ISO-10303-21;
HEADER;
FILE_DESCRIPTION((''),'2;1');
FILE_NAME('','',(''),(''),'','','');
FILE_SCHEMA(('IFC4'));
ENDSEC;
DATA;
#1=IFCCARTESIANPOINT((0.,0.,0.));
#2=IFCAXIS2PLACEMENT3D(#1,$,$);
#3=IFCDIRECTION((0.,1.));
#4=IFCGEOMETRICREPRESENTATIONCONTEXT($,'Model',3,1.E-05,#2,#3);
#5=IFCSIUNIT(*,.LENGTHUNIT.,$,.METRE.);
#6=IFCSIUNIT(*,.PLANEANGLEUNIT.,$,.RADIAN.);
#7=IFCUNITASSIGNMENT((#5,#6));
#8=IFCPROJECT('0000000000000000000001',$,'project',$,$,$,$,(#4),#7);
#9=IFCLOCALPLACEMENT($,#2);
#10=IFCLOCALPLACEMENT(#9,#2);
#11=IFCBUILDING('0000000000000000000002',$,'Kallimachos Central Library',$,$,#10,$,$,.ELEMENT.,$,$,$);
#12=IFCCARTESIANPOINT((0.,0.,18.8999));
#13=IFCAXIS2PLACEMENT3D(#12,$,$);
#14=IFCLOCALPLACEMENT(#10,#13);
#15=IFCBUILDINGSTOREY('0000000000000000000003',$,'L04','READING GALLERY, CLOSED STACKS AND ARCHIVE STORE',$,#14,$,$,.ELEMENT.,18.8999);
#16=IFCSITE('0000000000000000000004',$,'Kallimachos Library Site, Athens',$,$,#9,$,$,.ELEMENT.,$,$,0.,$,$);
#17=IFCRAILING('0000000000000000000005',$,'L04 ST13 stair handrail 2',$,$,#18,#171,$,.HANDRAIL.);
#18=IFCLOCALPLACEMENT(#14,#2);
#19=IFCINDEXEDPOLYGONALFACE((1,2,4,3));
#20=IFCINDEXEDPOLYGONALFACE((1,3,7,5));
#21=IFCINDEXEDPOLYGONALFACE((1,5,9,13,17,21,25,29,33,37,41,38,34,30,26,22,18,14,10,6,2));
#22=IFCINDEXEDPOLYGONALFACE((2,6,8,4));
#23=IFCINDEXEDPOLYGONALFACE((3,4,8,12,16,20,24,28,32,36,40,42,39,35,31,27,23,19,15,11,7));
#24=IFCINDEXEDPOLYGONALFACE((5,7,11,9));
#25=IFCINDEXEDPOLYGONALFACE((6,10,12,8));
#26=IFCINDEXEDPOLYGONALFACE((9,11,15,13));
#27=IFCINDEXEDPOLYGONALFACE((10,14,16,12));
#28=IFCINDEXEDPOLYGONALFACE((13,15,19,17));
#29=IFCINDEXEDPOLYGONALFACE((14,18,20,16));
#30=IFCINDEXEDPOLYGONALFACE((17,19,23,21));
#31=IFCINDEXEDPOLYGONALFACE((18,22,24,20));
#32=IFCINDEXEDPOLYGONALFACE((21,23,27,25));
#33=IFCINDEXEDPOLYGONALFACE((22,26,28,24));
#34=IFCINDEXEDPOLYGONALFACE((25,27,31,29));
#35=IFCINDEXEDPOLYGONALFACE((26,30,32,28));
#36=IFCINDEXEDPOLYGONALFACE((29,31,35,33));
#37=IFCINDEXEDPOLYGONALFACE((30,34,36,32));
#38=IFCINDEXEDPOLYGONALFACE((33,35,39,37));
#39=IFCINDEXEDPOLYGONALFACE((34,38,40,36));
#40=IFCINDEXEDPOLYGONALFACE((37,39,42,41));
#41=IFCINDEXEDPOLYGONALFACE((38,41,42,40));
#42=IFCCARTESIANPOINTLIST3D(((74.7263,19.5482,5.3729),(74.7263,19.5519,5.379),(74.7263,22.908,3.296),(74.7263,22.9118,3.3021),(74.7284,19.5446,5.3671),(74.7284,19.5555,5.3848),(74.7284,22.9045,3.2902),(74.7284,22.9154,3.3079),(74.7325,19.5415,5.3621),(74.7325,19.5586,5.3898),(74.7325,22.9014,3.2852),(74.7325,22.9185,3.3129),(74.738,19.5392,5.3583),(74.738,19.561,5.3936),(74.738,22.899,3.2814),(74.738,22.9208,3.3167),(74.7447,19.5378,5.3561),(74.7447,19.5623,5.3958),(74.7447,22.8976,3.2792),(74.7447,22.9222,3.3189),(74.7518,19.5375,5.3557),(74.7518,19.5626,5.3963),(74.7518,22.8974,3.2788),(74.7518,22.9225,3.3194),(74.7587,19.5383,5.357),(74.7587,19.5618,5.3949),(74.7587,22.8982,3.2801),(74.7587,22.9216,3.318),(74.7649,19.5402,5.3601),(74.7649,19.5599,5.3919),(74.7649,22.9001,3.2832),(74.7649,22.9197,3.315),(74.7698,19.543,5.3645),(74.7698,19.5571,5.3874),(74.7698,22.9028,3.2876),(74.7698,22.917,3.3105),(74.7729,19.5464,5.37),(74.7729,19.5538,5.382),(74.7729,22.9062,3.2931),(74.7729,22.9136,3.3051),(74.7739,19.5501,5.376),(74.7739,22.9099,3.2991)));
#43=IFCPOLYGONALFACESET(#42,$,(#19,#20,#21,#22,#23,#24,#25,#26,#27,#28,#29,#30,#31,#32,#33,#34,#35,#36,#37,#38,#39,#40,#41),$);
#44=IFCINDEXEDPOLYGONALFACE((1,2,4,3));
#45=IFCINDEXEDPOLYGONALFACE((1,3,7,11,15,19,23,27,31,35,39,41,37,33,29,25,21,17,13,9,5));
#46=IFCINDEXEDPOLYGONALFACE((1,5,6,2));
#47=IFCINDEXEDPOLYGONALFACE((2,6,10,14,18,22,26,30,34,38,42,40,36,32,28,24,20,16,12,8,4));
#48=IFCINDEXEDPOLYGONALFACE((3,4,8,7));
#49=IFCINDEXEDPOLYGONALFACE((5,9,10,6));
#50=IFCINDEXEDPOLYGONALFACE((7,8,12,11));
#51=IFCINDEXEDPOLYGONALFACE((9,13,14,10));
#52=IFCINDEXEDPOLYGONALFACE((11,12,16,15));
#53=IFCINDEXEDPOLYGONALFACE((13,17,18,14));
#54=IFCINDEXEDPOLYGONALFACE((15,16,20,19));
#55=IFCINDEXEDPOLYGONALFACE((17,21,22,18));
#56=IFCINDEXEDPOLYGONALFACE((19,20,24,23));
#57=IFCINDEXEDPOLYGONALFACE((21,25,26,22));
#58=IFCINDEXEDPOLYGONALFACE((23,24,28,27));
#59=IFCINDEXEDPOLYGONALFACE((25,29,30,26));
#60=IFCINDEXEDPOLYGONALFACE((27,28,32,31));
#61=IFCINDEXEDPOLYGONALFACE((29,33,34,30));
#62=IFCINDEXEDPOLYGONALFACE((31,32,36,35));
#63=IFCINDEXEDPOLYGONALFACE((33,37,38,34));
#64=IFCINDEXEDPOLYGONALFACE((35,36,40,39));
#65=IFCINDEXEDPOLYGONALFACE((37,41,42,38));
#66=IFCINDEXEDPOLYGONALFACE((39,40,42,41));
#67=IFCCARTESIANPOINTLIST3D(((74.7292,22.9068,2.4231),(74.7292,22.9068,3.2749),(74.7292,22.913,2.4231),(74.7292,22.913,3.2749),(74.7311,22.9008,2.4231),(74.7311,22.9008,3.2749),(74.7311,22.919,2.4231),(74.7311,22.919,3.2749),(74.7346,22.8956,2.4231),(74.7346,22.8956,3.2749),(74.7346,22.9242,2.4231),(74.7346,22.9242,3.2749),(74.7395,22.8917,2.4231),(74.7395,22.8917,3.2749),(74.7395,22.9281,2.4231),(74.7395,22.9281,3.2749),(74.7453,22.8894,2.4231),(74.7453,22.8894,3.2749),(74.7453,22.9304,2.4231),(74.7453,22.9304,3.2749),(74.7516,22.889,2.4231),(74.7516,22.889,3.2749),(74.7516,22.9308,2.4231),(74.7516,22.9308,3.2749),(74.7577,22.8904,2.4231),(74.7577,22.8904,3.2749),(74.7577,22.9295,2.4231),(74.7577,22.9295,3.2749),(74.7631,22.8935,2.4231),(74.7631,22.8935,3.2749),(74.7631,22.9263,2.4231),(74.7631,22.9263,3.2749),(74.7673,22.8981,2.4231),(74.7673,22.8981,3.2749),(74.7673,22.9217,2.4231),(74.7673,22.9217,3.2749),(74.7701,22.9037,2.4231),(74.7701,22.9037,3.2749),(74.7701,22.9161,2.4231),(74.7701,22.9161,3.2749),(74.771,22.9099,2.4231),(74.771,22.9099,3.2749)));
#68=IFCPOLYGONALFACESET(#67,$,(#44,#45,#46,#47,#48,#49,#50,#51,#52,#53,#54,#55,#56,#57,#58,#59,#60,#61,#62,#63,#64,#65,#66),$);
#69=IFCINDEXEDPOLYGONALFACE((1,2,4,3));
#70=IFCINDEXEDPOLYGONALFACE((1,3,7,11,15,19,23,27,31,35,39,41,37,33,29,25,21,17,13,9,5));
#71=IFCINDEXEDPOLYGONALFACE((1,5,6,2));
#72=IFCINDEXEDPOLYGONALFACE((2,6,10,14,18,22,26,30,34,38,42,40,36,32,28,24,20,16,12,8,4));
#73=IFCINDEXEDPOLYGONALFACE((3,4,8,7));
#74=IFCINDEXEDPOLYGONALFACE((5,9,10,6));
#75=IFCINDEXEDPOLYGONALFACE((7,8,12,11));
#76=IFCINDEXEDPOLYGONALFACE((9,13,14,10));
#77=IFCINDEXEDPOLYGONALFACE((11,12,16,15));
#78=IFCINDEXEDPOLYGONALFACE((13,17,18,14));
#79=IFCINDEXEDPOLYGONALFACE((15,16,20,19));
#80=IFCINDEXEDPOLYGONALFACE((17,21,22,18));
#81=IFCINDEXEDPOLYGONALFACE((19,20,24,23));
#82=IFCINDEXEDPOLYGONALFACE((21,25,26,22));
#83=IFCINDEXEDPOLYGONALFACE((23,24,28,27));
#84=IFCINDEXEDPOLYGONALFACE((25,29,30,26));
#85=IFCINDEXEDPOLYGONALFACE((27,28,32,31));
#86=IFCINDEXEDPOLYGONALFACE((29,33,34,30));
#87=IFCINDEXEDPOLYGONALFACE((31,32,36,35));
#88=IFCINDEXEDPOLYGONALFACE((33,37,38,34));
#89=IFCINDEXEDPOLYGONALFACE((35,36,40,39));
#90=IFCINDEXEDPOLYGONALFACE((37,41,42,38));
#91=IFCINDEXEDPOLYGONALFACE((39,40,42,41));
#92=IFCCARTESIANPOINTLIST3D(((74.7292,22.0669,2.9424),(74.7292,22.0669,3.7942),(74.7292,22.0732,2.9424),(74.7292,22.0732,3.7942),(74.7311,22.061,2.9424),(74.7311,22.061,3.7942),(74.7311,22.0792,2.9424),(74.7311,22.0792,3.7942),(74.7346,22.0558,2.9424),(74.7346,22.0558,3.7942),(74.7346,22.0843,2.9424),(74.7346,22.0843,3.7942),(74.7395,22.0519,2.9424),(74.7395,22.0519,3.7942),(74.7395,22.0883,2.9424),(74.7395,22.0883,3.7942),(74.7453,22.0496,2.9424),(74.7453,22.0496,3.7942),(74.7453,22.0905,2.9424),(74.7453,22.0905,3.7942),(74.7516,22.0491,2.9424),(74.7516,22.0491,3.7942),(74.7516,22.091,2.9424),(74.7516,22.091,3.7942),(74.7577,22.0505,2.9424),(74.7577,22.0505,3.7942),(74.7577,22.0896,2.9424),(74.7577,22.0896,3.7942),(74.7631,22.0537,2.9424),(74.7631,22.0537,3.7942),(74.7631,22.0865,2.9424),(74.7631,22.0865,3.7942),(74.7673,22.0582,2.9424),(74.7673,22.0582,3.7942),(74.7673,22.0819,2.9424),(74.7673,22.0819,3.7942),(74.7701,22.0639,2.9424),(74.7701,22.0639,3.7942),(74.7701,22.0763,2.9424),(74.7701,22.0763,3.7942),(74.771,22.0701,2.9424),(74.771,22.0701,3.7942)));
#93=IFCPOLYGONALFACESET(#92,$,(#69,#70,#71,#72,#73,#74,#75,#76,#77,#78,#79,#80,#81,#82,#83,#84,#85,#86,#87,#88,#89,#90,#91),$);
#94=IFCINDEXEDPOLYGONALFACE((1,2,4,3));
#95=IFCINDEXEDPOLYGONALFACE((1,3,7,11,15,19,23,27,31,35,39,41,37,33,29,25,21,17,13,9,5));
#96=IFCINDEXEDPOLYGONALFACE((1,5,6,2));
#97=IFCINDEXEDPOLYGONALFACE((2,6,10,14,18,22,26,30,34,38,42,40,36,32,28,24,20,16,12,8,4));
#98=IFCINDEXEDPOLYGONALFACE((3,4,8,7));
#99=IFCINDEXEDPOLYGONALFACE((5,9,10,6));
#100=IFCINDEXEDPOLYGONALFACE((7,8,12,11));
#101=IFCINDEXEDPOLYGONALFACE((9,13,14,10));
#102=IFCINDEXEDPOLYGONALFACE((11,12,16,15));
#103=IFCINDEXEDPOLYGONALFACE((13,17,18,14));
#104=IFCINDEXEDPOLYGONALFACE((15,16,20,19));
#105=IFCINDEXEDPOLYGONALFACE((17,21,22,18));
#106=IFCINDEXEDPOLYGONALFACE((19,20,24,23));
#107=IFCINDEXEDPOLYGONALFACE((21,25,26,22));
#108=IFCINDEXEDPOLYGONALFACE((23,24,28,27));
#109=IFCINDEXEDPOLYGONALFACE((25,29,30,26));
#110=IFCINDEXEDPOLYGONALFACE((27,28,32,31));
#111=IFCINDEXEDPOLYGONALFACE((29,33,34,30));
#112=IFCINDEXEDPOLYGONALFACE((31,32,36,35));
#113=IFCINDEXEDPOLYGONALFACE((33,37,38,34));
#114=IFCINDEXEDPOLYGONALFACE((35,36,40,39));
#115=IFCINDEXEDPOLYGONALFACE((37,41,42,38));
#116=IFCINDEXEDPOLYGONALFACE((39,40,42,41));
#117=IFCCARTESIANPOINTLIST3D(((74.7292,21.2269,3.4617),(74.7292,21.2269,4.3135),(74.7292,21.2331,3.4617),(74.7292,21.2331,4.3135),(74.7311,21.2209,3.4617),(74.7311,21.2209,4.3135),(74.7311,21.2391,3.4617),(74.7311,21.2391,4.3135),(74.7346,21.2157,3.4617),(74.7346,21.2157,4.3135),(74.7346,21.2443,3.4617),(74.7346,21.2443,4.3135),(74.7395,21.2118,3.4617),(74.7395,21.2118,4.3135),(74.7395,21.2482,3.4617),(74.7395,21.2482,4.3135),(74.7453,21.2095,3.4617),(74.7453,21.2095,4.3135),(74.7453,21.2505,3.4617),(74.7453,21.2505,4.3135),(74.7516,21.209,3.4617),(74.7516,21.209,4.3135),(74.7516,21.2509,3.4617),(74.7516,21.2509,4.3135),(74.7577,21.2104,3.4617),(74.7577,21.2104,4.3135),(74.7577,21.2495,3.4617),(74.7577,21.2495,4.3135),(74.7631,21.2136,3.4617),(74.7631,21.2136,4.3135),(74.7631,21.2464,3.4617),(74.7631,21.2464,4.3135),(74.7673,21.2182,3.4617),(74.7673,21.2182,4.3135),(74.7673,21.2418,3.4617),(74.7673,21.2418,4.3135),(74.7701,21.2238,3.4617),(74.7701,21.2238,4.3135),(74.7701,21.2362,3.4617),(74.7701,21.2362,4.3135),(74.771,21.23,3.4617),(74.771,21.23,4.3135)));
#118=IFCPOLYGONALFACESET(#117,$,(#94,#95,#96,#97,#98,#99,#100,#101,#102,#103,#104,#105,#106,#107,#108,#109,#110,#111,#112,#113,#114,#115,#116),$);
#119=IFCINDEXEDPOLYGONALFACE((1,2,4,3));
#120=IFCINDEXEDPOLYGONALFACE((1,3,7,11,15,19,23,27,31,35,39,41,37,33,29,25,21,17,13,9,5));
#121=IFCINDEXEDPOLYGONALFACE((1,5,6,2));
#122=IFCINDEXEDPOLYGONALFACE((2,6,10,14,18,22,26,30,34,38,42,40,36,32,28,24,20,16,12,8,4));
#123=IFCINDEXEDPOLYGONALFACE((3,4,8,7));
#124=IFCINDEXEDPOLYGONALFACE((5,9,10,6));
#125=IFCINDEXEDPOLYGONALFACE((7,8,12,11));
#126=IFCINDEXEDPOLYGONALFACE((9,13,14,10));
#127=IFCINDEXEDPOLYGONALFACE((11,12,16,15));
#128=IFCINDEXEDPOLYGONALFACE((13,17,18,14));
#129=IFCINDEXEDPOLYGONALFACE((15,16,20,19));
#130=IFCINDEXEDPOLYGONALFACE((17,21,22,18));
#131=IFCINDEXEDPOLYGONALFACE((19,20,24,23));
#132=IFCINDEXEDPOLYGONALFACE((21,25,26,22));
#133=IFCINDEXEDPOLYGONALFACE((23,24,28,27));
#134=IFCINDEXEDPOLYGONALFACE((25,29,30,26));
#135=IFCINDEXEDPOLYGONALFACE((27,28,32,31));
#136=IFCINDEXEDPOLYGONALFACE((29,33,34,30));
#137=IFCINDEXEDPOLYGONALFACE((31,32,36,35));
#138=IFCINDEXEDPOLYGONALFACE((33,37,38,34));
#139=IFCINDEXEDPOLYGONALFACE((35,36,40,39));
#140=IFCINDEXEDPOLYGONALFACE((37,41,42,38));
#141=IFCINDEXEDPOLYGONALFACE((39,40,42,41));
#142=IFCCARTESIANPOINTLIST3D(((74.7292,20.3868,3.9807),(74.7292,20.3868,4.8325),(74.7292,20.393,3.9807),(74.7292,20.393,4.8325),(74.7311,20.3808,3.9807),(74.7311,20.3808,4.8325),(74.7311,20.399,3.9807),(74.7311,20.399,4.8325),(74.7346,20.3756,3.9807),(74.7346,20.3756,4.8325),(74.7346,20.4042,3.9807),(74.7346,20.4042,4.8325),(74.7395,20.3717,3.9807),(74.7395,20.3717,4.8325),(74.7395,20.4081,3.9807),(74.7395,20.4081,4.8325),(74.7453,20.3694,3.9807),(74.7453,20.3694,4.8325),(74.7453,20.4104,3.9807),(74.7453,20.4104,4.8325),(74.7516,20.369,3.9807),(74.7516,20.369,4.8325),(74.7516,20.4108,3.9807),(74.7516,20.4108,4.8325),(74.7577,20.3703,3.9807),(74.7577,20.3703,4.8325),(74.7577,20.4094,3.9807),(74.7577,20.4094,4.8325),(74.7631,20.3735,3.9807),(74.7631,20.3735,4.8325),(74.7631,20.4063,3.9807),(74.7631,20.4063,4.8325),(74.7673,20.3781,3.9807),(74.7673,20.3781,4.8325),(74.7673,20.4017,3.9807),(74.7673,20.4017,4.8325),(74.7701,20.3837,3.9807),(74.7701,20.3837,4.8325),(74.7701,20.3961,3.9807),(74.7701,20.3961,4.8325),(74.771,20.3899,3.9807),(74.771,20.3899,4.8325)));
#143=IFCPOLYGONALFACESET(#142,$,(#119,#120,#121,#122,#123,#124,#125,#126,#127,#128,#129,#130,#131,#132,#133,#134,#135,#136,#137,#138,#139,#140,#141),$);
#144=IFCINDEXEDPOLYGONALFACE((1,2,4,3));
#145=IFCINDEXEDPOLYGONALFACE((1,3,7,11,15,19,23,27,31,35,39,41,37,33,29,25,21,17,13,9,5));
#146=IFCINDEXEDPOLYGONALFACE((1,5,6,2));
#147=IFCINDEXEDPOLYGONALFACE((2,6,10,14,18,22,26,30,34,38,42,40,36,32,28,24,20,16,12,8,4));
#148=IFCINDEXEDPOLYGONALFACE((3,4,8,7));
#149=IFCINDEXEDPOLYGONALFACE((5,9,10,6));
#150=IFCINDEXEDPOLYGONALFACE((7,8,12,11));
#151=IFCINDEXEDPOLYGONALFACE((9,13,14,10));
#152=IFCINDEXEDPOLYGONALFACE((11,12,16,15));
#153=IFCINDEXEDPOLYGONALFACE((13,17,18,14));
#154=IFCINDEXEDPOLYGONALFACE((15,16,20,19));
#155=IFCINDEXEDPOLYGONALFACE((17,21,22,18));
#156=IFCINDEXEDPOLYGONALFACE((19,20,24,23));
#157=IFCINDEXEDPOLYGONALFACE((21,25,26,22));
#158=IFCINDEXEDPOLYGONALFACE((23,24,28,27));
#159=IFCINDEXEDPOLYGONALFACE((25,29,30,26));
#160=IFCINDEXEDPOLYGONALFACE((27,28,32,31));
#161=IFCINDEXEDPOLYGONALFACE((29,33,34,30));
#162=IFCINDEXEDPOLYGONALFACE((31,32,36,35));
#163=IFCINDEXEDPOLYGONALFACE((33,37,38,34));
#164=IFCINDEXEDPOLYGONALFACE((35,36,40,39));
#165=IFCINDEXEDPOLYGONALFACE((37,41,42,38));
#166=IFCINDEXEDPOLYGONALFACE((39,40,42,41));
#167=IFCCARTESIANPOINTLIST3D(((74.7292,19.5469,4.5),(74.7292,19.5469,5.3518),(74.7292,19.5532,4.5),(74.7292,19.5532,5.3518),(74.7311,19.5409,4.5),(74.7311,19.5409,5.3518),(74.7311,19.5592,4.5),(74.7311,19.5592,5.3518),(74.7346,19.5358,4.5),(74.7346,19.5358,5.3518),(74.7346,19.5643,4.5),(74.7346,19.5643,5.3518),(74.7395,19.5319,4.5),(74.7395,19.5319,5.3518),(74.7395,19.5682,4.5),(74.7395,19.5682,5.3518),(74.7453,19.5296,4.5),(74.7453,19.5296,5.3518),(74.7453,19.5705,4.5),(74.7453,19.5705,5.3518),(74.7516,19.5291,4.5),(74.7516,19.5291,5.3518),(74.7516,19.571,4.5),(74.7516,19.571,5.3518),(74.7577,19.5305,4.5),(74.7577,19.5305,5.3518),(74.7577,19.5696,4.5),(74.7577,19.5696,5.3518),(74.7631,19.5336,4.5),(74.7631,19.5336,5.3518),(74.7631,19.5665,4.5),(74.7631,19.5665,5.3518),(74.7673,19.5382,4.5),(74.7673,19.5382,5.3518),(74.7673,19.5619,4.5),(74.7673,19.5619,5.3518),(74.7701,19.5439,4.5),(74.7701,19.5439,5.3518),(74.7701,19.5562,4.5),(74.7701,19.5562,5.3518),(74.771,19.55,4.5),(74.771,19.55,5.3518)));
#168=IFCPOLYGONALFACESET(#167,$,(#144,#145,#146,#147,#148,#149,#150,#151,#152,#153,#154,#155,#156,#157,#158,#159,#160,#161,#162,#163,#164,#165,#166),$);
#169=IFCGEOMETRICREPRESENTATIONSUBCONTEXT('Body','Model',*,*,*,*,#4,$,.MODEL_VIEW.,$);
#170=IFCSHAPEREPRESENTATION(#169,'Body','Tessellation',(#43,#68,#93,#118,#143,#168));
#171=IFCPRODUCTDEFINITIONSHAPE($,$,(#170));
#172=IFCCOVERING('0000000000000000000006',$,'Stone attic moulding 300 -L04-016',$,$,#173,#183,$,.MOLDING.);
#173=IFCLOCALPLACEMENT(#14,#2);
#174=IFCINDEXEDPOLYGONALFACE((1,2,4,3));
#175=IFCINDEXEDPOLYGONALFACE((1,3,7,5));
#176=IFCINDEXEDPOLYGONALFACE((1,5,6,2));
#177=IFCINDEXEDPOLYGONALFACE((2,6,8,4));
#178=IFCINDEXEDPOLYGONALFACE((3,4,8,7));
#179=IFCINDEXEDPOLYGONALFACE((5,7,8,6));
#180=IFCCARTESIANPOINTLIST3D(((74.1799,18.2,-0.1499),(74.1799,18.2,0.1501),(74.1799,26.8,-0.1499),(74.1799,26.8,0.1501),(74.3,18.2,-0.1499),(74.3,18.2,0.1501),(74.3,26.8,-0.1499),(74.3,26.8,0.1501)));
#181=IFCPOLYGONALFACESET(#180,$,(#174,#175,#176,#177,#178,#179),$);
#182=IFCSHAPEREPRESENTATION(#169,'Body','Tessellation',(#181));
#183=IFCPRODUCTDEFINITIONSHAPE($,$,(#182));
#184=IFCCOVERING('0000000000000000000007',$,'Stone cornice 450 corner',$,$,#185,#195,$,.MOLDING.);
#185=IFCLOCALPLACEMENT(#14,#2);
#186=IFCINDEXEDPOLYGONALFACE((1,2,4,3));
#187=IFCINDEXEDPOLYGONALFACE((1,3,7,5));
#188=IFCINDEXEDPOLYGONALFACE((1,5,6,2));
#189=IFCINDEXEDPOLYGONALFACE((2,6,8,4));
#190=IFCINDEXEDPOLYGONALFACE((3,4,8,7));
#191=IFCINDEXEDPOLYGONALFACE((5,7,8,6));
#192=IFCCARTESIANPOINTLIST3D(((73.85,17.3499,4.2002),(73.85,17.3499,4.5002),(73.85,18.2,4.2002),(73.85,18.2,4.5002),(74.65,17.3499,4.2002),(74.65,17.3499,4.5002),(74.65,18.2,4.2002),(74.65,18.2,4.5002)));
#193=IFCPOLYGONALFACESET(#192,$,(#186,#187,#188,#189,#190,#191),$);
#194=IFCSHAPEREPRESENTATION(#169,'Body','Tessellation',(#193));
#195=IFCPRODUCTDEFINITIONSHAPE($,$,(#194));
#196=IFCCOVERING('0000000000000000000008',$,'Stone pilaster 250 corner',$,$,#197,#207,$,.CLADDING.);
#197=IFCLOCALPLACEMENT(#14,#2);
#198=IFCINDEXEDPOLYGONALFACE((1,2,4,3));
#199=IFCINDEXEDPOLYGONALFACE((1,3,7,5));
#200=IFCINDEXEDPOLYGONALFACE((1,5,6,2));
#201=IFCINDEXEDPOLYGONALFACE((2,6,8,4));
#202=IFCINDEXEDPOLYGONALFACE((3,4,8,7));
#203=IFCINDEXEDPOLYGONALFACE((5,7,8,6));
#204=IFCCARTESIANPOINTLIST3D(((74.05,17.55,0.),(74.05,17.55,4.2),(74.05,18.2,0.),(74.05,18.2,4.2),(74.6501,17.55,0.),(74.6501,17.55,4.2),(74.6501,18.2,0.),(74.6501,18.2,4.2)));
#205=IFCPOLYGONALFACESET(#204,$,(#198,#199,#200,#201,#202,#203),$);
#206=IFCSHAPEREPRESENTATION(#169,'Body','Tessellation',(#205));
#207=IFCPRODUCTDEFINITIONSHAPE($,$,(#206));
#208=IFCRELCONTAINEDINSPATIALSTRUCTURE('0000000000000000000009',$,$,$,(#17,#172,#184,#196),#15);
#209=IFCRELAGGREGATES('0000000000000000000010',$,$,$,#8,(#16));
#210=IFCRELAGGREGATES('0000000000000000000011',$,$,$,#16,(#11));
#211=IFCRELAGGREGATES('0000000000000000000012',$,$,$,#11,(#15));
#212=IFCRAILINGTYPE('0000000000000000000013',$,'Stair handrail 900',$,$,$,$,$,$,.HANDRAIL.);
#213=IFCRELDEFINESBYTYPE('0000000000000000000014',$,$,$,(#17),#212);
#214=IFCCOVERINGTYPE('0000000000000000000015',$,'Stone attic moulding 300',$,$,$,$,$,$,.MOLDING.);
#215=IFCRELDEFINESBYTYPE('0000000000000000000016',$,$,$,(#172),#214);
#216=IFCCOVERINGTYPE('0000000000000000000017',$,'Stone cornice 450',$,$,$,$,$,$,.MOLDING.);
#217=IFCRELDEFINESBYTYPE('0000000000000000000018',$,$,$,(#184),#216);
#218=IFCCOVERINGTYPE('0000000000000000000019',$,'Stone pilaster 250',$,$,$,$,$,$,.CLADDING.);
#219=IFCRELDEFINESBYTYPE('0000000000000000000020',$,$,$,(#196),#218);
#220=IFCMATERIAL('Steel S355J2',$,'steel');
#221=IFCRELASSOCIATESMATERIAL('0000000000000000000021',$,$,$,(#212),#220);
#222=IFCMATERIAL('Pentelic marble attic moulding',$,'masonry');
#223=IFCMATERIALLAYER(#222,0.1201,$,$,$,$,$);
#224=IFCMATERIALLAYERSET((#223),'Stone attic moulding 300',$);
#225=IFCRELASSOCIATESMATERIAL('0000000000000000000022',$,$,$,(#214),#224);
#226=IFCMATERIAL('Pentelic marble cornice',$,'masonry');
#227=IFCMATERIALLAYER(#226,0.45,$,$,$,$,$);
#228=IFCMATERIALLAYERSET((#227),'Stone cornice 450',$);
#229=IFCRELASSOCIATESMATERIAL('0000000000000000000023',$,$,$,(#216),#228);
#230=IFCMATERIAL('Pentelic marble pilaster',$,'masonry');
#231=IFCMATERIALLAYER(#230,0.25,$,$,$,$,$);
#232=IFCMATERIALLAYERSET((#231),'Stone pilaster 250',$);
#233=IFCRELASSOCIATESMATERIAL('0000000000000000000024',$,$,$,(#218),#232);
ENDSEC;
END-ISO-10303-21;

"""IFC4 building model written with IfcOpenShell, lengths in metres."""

from ifc_helpers import new_model, si_unit, direction, frame, origin, origin_2d, place, context, subcontext, project, spatial, rectangle, circle, extrude, material, layer, layer_set, type_object, element, save


model = new_model("IFC4")

# Units and contexts
model_context = context("Model", 3, precision=1e-05, world=origin(), true_north=direction((0.0, 1.0)))
body_context = subcontext(model_context, "Body", "Model", "MODEL_VIEW")
ifc_project = project(units=[si_unit("LENGTHUNIT", "METRE"), si_unit("PLANEANGLEUNIT", "RADIAN")], contexts=[model_context])

# Site, building, storey
site_placement = place(None, origin())
site = spatial("IfcSite", under=ifc_project, at=site_placement, Name="Kallimachos Library Site, Athens", CompositionType="ELEMENT", RefElevation=0.0)
building_placement = place(site_placement, origin())
building = spatial("IfcBuilding", under=site, at=building_placement, Name="Kallimachos Central Library", CompositionType="ELEMENT")
storey_placement = place(building_placement, frame((0.0, 0.0, 18.8999)))
storey = spatial("IfcBuildingStorey", under=building, at=storey_placement, Name="L04", Description="READING GALLERY, CLOSED STACKS AND ARCHIVE STORE", CompositionType="ELEMENT", Elevation=18.8999)

# Railing
ifc_material_1 = material(Name="Steel S355J2", Category="steel")
railing_type_1 = type_object("IfcRailingType", Name="Stair handrail 900", PredefinedType="HANDRAIL", material=ifc_material_1)
railing_1_placement = place(storey_placement, frame((74.75, 22.9099, 2.4231)))
element("IfcRailing", 1, at=railing_1_placement, inside=storey, type_object=railing_type_1, Name="L04 ST13 stair handrail 2", PredefinedType="HANDRAIL", context=body_context, shape_type="SweptSolid", body=[
    extrude(circle(Radius=0.0239, at=origin_2d()), frame((0.0, 0.0, 0.876), z_axis=(0.0, -0.850606, 0.525803), x_axis=(1.0, 0.0, 0.0)), (0.0, 0.0, 1.0), 3.95),
    extrude(circle(Radius=0.021, at=origin_2d()), origin(), (0.0, 0.0, 1.0), 0.8518),
    extrude(circle(Radius=0.021, at=origin_2d()), frame((0.0, -0.8398, 0.5193)), (0.0, 0.0, 1.0), 0.8518),
    extrude(circle(Radius=0.021, at=origin_2d()), frame((0.0, -1.6799, 1.0386)), (0.0, 0.0, 1.0), 0.8518),
    extrude(circle(Radius=0.021, at=origin_2d()), frame((0.0, -2.52, 1.5576)), (0.0, 0.0, 1.0), 0.8518),
    extrude(circle(Radius=0.021, at=origin_2d()), frame((0.0, -3.3599, 2.0769)), (0.0, 0.0, 1.0), 0.8518),
])

# Coverings
ifc_material_2 = material(Name="Pentelic marble attic moulding", Category="masonry")
ifc_layer_1 = layer(ifc_material_2, 0.1201)
ifc_layer_set_1 = layer_set([ifc_layer_1], Name="Stone attic moulding 300")
covering_type_1 = type_object("IfcCoveringType", Name="Stone attic moulding 300", PredefinedType="MOLDING", material=ifc_layer_set_1)
covering_1_placement = place(storey_placement, frame((74.24, 22.5, -0.1499), z_axis=(0.0, 0.0, 1.0), x_axis=(1.0, 0.0, 0.0)))
element("IfcCovering", 2, at=covering_1_placement, inside=storey, type_object=covering_type_1, Name="Stone attic moulding 300 -L04-016", PredefinedType="MOLDING", context=body_context, shape_type="SweptSolid", body=[
    extrude(rectangle(XDim=0.1201, YDim=8.6001, at=origin_2d()), origin(), (0.0, 0.0, 1.0), 0.3),
])
ifc_material_3 = material(Name="Pentelic marble cornice", Category="masonry")
ifc_layer_2 = layer(ifc_material_3, 0.45)
ifc_layer_set_2 = layer_set([ifc_layer_2], Name="Stone cornice 450")
covering_type_2 = type_object("IfcCoveringType", Name="Stone cornice 450", PredefinedType="MOLDING", material=ifc_layer_set_2)
covering_2_placement = place(storey_placement, frame((74.25, 17.7749, 4.2002), z_axis=(0.0, 0.0, 1.0), x_axis=(1.0, 0.0, 0.0)))
element("IfcCovering", 3, at=covering_2_placement, inside=storey, type_object=covering_type_2, Name="Stone cornice 450 corner", PredefinedType="MOLDING", context=body_context, shape_type="SweptSolid", body=[
    extrude(rectangle(XDim=0.8, YDim=0.8501, at=origin_2d()), origin(), (0.0, 0.0, 1.0), 0.3),
])
ifc_material_4 = material(Name="Pentelic marble pilaster", Category="masonry")
ifc_layer_3 = layer(ifc_material_4, 0.25)
ifc_layer_set_3 = layer_set([ifc_layer_3], Name="Stone pilaster 250")
covering_type_3 = type_object("IfcCoveringType", Name="Stone pilaster 250", PredefinedType="CLADDING", material=ifc_layer_set_3)
covering_3_placement = place(storey_placement, frame((74.3501, 17.875, 0.0), z_axis=(0.0, 0.0, 1.0), x_axis=(1.0, 0.0, 0.0)))
element("IfcCovering", 4, at=covering_3_placement, inside=storey, type_object=covering_type_3, Name="Stone pilaster 250 corner", PredefinedType="CLADDING", context=body_context, shape_type="SweptSolid", body=[
    extrude(rectangle(XDim=0.6001, YDim=0.6499, at=origin_2d()), origin(), (0.0, 0.0, 1.0), 4.2),
])

save(model, "model.ifc")
